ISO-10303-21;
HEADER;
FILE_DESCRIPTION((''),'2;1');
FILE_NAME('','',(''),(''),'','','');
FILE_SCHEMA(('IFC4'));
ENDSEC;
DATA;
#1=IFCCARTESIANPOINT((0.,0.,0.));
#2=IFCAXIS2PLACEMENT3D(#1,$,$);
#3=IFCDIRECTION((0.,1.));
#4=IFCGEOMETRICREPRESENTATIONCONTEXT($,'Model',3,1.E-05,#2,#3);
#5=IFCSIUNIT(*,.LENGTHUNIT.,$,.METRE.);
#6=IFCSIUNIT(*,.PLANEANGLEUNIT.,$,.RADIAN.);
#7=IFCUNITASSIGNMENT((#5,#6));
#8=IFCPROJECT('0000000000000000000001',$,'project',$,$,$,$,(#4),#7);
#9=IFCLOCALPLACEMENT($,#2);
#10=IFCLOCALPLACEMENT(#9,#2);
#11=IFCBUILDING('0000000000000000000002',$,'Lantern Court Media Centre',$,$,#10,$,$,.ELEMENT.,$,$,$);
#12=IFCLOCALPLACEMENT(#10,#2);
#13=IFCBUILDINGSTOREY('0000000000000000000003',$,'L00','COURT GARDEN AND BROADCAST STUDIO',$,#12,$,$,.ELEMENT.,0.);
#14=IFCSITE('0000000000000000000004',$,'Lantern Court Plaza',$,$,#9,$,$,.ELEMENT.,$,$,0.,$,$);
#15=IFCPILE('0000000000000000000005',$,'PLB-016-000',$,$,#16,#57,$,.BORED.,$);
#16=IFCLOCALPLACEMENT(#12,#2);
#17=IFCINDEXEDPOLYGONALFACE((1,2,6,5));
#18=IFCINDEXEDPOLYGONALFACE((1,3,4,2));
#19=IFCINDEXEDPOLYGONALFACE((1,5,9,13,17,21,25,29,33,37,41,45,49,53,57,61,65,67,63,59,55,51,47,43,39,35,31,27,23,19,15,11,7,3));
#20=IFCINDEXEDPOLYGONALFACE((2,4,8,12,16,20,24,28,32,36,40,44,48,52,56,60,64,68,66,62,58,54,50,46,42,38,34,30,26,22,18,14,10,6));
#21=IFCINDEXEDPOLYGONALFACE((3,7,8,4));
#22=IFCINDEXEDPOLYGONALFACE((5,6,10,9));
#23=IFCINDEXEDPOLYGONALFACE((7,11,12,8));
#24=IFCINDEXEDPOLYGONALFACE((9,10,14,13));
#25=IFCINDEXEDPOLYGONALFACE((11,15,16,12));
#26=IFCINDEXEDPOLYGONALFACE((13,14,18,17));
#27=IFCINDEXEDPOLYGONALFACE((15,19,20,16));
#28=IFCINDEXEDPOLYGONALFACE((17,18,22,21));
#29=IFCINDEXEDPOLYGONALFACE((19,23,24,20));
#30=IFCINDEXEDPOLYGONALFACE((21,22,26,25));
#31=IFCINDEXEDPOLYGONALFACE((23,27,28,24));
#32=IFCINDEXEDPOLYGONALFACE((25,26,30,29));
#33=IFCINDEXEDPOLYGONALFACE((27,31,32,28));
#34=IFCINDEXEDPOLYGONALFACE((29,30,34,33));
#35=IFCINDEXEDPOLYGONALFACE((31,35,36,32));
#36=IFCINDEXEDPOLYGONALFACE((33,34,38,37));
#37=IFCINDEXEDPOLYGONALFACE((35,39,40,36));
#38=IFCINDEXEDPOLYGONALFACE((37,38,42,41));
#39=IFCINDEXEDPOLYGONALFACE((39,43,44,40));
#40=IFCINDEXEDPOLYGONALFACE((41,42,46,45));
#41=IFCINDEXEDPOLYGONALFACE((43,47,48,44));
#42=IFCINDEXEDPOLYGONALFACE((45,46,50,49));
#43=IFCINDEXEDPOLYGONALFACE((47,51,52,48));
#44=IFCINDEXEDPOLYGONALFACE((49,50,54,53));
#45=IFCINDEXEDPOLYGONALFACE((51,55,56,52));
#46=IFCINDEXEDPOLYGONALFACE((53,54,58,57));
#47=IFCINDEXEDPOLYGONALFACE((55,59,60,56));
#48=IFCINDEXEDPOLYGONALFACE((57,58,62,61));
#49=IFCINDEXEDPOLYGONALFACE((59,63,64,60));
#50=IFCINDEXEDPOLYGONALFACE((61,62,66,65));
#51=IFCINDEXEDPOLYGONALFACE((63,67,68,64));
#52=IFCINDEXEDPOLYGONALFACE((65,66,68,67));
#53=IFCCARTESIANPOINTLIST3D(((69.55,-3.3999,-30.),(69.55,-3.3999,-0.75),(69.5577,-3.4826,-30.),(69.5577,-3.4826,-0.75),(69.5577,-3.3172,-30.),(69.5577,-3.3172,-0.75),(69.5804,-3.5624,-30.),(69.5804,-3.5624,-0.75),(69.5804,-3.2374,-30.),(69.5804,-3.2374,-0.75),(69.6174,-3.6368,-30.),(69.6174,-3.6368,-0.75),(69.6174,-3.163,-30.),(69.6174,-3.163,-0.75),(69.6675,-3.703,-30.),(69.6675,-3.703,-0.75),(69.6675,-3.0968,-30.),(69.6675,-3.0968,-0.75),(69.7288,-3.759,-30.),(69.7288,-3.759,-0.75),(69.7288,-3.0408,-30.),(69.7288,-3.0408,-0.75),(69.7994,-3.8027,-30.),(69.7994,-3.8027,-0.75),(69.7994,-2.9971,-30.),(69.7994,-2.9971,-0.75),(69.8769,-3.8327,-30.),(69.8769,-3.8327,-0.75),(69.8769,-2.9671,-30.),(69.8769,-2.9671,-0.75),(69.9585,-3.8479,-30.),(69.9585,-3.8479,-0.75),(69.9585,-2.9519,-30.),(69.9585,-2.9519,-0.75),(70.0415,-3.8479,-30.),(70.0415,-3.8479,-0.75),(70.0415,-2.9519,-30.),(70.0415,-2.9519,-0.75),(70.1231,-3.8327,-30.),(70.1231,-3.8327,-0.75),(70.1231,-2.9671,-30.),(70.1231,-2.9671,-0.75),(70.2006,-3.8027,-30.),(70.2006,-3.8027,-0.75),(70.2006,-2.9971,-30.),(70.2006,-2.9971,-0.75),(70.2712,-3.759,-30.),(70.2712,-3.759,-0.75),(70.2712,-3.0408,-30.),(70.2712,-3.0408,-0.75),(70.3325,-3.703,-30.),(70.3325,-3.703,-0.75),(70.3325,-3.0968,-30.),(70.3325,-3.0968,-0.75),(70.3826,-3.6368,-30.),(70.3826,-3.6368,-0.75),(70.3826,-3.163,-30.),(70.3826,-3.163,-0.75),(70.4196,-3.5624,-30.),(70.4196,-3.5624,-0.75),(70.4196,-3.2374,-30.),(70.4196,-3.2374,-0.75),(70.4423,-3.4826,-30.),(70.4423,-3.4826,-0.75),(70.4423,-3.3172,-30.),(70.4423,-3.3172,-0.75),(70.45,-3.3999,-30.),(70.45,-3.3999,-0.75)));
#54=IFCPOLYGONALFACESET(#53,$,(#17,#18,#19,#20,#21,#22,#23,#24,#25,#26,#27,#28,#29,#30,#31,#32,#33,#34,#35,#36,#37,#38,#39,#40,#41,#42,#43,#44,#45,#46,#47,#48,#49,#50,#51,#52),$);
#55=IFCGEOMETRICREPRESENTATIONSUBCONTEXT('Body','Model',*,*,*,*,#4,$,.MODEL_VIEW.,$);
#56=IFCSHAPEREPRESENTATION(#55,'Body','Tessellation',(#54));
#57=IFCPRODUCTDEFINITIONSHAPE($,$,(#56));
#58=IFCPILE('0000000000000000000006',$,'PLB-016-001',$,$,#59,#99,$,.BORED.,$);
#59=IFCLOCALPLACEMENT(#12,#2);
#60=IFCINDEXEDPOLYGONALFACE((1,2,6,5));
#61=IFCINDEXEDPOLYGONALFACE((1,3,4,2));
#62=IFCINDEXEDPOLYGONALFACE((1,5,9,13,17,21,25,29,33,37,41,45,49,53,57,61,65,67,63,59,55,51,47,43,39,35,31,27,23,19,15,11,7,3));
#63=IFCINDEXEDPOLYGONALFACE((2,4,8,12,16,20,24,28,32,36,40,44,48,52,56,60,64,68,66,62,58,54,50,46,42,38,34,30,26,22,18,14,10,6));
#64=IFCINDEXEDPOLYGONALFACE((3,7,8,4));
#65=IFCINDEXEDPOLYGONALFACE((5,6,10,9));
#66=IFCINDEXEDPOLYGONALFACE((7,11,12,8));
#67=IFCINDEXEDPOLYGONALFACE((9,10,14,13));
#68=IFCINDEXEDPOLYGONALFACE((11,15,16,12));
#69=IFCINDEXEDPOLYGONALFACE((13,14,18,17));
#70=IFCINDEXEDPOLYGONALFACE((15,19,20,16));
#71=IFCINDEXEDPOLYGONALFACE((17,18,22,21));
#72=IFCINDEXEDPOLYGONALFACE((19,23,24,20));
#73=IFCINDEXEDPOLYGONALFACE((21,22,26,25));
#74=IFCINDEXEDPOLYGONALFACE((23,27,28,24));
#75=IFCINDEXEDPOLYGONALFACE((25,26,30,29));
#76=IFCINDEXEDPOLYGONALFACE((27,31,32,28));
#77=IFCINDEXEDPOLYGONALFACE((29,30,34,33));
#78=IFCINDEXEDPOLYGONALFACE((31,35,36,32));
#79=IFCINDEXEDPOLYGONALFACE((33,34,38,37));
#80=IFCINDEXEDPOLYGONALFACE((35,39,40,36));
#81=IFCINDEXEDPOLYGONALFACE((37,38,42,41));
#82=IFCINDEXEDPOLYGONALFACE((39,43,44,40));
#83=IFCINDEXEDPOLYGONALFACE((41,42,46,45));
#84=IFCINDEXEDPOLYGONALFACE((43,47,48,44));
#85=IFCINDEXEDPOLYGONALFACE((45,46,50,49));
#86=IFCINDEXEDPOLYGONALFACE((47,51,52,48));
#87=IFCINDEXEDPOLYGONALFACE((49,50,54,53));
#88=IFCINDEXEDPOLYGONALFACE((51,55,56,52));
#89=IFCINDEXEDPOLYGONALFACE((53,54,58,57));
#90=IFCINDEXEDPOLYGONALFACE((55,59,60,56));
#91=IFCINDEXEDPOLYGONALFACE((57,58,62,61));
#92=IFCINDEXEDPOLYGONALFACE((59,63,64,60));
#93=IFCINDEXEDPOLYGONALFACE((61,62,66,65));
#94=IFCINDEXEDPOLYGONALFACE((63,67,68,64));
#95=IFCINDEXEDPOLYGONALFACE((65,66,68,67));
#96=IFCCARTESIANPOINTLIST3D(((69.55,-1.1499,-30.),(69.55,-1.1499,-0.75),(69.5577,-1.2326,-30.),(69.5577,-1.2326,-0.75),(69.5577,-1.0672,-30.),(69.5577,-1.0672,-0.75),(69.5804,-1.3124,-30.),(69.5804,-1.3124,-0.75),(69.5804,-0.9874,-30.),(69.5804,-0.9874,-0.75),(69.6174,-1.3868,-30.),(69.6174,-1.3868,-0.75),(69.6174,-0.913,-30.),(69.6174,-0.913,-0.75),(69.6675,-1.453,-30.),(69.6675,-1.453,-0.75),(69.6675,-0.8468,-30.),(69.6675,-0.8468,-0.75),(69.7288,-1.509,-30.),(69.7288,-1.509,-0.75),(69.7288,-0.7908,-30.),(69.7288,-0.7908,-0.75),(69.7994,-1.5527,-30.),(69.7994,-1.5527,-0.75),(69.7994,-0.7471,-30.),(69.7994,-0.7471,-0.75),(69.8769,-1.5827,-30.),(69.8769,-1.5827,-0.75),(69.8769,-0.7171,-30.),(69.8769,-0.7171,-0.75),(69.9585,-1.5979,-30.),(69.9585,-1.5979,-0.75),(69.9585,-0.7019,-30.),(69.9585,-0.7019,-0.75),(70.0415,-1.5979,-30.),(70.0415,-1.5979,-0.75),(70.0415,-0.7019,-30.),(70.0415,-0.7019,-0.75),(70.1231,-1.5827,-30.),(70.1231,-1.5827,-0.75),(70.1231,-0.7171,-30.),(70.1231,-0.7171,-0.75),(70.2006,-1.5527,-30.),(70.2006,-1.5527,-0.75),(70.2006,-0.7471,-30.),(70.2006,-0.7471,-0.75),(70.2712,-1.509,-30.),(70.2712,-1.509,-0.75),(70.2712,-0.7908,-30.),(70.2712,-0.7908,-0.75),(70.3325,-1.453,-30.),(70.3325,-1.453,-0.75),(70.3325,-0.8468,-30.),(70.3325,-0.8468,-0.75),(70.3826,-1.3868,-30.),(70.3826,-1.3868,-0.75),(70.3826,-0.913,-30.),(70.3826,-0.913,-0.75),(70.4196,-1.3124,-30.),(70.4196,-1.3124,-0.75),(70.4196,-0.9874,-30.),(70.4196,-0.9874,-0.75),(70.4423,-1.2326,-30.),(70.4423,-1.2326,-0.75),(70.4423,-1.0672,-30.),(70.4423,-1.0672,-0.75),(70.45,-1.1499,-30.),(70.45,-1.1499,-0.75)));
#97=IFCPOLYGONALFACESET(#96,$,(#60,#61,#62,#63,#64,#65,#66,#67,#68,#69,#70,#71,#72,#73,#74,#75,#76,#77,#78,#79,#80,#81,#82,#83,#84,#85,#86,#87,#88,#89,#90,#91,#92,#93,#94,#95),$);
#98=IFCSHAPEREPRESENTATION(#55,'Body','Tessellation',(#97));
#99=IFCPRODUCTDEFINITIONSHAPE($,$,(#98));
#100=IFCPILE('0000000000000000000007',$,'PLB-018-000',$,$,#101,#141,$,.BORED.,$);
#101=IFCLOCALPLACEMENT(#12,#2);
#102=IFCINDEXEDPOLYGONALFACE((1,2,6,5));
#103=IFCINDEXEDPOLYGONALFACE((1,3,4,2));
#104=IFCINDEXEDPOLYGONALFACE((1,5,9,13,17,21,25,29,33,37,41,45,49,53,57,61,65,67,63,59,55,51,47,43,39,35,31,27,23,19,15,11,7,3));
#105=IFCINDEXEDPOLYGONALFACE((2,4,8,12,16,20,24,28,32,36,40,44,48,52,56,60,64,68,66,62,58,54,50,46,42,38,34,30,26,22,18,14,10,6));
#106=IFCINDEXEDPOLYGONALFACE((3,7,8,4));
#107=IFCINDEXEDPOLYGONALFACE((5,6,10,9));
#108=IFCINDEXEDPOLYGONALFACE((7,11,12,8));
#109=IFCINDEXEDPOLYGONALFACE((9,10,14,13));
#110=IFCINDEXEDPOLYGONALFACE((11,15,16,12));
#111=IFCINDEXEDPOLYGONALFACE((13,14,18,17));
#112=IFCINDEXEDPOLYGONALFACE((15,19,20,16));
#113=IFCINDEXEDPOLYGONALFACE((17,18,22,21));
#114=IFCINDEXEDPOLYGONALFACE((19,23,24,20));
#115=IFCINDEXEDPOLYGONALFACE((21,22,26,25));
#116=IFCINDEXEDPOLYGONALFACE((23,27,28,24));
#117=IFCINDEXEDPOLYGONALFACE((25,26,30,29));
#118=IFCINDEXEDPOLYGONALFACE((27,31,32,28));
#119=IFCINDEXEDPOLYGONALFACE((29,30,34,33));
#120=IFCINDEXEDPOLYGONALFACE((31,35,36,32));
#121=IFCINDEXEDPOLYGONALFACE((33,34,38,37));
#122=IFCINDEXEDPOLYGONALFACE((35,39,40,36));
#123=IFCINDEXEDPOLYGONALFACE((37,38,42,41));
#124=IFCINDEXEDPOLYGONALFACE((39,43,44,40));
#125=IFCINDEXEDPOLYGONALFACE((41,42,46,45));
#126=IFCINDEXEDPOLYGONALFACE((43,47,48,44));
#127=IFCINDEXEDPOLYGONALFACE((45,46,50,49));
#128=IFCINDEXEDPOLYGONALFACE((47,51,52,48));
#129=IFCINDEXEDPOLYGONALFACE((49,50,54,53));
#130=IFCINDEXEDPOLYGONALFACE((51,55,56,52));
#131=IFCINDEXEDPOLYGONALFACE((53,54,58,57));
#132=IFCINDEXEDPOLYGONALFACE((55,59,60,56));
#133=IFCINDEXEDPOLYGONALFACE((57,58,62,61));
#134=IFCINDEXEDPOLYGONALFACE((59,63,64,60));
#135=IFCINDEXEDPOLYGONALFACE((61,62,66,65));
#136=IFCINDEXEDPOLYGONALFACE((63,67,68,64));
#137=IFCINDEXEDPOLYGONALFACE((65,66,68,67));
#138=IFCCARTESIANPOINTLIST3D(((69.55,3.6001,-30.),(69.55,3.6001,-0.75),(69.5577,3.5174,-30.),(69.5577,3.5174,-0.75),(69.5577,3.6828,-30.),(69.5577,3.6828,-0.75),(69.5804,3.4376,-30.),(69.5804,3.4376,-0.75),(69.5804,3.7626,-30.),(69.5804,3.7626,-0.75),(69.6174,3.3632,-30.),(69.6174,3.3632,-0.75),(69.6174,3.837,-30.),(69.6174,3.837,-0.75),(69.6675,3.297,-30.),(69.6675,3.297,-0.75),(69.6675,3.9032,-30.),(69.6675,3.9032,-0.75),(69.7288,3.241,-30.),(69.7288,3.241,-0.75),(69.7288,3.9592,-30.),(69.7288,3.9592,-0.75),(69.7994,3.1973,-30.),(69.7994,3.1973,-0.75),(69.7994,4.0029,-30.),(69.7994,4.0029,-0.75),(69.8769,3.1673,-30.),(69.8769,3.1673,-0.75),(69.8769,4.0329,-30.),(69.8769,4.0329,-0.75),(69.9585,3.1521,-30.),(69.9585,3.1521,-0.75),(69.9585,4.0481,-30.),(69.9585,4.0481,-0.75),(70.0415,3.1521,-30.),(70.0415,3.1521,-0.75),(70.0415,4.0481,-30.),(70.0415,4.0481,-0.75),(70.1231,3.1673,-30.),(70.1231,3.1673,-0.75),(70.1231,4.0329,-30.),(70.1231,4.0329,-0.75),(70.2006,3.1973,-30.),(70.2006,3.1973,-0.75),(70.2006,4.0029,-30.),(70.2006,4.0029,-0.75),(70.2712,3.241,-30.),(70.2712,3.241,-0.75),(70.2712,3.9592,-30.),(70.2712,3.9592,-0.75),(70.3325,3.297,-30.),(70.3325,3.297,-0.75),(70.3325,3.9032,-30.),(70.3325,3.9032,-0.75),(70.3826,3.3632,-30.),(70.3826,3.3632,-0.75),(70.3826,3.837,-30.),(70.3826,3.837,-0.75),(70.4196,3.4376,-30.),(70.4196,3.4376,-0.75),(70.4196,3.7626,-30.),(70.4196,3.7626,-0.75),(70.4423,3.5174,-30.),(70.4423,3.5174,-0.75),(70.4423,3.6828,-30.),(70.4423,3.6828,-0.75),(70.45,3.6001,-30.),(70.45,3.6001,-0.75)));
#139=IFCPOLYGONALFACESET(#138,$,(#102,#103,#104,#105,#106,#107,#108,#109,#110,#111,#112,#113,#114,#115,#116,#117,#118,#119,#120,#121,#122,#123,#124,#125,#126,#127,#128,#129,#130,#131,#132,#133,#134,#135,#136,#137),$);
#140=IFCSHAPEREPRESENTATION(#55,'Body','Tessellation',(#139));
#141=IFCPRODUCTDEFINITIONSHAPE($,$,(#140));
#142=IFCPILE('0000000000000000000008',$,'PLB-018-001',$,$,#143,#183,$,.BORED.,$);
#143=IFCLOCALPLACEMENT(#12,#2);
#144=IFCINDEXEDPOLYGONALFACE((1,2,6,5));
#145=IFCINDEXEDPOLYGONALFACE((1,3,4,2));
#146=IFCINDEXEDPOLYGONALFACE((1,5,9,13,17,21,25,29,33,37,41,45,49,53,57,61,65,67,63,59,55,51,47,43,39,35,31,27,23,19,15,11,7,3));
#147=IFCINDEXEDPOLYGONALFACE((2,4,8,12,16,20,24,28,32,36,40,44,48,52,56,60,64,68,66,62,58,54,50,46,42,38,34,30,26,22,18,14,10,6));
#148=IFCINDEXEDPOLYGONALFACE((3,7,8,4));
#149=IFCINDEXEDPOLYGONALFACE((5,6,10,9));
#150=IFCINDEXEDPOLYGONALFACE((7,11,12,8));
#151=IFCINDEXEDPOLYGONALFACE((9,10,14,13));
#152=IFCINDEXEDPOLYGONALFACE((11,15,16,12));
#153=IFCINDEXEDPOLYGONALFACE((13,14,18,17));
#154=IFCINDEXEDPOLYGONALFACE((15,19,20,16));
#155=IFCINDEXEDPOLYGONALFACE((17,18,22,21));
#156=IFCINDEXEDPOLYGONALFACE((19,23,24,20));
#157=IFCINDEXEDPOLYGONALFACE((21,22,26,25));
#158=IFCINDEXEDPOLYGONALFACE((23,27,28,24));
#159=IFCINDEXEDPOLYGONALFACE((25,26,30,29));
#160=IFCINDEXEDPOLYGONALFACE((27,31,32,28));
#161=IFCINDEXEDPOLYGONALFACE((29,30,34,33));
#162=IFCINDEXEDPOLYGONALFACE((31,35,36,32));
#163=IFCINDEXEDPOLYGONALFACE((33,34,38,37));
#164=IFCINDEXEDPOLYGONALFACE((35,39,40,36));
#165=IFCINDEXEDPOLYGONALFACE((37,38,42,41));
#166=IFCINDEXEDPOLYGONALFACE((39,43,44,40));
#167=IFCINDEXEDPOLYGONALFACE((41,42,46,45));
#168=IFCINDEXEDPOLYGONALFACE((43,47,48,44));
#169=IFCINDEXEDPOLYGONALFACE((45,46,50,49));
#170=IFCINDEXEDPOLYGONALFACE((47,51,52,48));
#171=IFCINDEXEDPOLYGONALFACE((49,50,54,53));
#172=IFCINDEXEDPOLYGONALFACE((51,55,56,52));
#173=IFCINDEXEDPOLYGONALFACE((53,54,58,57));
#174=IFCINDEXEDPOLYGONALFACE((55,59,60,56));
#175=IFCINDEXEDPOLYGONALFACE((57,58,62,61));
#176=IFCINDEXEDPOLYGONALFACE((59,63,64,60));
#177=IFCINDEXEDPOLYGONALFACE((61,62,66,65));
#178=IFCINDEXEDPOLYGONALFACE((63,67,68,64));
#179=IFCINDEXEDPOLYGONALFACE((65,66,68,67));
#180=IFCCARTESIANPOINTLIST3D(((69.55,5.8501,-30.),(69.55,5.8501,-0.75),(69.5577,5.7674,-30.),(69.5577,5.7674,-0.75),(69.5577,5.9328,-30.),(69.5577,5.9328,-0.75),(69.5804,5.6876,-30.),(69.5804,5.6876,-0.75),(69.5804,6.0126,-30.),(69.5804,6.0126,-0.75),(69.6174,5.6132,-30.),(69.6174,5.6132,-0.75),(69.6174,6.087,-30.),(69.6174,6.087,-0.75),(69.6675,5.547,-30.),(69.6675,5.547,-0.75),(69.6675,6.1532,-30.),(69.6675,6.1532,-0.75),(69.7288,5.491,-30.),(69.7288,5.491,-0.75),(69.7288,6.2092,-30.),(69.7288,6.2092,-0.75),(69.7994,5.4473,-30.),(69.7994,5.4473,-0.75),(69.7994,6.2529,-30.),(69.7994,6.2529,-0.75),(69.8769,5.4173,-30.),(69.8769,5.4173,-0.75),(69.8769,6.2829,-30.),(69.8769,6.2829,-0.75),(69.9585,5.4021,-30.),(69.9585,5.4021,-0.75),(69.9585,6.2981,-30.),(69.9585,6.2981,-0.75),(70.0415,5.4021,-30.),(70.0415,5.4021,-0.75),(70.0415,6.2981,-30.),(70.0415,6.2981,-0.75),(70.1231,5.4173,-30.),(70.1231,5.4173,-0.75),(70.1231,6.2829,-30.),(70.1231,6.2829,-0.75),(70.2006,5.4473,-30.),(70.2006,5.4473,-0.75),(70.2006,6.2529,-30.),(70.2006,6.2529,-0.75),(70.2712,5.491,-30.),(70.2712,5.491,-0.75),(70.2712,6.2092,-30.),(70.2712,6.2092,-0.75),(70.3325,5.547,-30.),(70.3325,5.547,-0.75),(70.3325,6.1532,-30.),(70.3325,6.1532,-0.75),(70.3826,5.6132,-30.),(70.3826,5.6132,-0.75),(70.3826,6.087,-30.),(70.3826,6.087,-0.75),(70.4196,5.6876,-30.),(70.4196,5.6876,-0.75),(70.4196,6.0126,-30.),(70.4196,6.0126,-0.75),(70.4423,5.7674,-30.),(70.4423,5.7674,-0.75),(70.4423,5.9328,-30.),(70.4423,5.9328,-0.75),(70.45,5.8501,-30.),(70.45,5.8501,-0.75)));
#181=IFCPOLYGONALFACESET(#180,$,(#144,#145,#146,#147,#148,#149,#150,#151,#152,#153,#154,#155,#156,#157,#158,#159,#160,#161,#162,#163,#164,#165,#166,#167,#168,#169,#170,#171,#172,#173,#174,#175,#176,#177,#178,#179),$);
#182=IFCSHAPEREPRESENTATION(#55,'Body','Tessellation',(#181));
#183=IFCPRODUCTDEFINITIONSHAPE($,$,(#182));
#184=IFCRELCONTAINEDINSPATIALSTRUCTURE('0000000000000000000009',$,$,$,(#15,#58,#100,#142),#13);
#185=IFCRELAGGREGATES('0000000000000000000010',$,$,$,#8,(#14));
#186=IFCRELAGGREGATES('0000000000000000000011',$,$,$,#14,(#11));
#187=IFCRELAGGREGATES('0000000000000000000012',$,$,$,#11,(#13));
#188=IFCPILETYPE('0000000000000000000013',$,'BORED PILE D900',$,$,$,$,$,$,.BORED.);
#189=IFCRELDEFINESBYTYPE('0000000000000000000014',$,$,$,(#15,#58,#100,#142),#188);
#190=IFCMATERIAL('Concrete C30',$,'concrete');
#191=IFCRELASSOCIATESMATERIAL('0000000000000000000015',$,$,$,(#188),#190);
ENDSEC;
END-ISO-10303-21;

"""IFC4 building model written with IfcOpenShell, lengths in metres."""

from ifc_helpers import new_model, si_unit, direction, frame, origin, origin_2d, place, context, subcontext, project, spatial, circle, extrude, material, material_profile, profile_set, type_object, element, save


model = new_model("IFC4")

# Units and contexts
model_context = context("Model", 3, precision=1e-05, world=origin(), true_north=direction((0.0, 1.0)))
body_context = subcontext(model_context, "Body", "Model", "MODEL_VIEW")
ifc_project = project(units=[si_unit("LENGTHUNIT", "METRE"), si_unit("PLANEANGLEUNIT", "RADIAN")], contexts=[model_context])

# Site, building, storey
site_placement = place(None, origin())
site = spatial("IfcSite", under=ifc_project, at=site_placement, Name="Lantern Court Plaza", CompositionType="ELEMENT", RefElevation=0.0)
building_placement = place(site_placement, origin())
building = spatial("IfcBuilding", under=site, at=building_placement, Name="Lantern Court Media Centre", CompositionType="ELEMENT")
storey_placement = place(building_placement, origin())
storey = spatial("IfcBuildingStorey", under=building, at=storey_placement, Name="L00", Description="COURT GARDEN AND BROADCAST STUDIO", CompositionType="ELEMENT", Elevation=0.0)

# Piles
ifc_material_1 = material(Name="Concrete C30", Category="concrete")
ifc_material_profile_1 = material_profile(ifc_material_1, circle(Radius=0.45, at=origin_2d()), Name="D900")
ifc_profile_set_1 = profile_set([ifc_material_profile_1], Name="Concrete C30")
pile_type = type_object("IfcPileType", Name="BORED PILE D900", PredefinedType="BORED", material=ifc_profile_set_1)
for number, where, z_axis, x_axis, name in (
    (1, (70.0, -3.3999, -0.75), (0.0, 0.0, -1.0), (1.0, 0.0, 0.0), "PLB-016-000"),
    (2, (70.0, -1.1499, -0.75), (0.0, 0.0, -1.0), (1.0, 0.0, 0.0), "PLB-016-001"),
    (3, (70.0, 3.6001, -0.75), (0.0, 0.0, -1.0), (1.0, 0.0, 0.0), "PLB-018-000"),
    (4, (70.0, 5.8501, -0.75), (0.0, 0.0, -1.0), (1.0, 0.0, 0.0), "PLB-018-001"),
):
    element("IfcPile", number, at=place(storey_placement, frame(where, z_axis=z_axis, x_axis=x_axis)), inside=storey, type_object=pile_type, Name=name, PredefinedType="BORED", context=body_context, shape_type="SweptSolid", body=[
        extrude(circle(Radius=0.45, at=origin_2d()), origin(), (0.0, 0.0, 1.0), 29.25),
    ])

save(model, "model.ifc")
